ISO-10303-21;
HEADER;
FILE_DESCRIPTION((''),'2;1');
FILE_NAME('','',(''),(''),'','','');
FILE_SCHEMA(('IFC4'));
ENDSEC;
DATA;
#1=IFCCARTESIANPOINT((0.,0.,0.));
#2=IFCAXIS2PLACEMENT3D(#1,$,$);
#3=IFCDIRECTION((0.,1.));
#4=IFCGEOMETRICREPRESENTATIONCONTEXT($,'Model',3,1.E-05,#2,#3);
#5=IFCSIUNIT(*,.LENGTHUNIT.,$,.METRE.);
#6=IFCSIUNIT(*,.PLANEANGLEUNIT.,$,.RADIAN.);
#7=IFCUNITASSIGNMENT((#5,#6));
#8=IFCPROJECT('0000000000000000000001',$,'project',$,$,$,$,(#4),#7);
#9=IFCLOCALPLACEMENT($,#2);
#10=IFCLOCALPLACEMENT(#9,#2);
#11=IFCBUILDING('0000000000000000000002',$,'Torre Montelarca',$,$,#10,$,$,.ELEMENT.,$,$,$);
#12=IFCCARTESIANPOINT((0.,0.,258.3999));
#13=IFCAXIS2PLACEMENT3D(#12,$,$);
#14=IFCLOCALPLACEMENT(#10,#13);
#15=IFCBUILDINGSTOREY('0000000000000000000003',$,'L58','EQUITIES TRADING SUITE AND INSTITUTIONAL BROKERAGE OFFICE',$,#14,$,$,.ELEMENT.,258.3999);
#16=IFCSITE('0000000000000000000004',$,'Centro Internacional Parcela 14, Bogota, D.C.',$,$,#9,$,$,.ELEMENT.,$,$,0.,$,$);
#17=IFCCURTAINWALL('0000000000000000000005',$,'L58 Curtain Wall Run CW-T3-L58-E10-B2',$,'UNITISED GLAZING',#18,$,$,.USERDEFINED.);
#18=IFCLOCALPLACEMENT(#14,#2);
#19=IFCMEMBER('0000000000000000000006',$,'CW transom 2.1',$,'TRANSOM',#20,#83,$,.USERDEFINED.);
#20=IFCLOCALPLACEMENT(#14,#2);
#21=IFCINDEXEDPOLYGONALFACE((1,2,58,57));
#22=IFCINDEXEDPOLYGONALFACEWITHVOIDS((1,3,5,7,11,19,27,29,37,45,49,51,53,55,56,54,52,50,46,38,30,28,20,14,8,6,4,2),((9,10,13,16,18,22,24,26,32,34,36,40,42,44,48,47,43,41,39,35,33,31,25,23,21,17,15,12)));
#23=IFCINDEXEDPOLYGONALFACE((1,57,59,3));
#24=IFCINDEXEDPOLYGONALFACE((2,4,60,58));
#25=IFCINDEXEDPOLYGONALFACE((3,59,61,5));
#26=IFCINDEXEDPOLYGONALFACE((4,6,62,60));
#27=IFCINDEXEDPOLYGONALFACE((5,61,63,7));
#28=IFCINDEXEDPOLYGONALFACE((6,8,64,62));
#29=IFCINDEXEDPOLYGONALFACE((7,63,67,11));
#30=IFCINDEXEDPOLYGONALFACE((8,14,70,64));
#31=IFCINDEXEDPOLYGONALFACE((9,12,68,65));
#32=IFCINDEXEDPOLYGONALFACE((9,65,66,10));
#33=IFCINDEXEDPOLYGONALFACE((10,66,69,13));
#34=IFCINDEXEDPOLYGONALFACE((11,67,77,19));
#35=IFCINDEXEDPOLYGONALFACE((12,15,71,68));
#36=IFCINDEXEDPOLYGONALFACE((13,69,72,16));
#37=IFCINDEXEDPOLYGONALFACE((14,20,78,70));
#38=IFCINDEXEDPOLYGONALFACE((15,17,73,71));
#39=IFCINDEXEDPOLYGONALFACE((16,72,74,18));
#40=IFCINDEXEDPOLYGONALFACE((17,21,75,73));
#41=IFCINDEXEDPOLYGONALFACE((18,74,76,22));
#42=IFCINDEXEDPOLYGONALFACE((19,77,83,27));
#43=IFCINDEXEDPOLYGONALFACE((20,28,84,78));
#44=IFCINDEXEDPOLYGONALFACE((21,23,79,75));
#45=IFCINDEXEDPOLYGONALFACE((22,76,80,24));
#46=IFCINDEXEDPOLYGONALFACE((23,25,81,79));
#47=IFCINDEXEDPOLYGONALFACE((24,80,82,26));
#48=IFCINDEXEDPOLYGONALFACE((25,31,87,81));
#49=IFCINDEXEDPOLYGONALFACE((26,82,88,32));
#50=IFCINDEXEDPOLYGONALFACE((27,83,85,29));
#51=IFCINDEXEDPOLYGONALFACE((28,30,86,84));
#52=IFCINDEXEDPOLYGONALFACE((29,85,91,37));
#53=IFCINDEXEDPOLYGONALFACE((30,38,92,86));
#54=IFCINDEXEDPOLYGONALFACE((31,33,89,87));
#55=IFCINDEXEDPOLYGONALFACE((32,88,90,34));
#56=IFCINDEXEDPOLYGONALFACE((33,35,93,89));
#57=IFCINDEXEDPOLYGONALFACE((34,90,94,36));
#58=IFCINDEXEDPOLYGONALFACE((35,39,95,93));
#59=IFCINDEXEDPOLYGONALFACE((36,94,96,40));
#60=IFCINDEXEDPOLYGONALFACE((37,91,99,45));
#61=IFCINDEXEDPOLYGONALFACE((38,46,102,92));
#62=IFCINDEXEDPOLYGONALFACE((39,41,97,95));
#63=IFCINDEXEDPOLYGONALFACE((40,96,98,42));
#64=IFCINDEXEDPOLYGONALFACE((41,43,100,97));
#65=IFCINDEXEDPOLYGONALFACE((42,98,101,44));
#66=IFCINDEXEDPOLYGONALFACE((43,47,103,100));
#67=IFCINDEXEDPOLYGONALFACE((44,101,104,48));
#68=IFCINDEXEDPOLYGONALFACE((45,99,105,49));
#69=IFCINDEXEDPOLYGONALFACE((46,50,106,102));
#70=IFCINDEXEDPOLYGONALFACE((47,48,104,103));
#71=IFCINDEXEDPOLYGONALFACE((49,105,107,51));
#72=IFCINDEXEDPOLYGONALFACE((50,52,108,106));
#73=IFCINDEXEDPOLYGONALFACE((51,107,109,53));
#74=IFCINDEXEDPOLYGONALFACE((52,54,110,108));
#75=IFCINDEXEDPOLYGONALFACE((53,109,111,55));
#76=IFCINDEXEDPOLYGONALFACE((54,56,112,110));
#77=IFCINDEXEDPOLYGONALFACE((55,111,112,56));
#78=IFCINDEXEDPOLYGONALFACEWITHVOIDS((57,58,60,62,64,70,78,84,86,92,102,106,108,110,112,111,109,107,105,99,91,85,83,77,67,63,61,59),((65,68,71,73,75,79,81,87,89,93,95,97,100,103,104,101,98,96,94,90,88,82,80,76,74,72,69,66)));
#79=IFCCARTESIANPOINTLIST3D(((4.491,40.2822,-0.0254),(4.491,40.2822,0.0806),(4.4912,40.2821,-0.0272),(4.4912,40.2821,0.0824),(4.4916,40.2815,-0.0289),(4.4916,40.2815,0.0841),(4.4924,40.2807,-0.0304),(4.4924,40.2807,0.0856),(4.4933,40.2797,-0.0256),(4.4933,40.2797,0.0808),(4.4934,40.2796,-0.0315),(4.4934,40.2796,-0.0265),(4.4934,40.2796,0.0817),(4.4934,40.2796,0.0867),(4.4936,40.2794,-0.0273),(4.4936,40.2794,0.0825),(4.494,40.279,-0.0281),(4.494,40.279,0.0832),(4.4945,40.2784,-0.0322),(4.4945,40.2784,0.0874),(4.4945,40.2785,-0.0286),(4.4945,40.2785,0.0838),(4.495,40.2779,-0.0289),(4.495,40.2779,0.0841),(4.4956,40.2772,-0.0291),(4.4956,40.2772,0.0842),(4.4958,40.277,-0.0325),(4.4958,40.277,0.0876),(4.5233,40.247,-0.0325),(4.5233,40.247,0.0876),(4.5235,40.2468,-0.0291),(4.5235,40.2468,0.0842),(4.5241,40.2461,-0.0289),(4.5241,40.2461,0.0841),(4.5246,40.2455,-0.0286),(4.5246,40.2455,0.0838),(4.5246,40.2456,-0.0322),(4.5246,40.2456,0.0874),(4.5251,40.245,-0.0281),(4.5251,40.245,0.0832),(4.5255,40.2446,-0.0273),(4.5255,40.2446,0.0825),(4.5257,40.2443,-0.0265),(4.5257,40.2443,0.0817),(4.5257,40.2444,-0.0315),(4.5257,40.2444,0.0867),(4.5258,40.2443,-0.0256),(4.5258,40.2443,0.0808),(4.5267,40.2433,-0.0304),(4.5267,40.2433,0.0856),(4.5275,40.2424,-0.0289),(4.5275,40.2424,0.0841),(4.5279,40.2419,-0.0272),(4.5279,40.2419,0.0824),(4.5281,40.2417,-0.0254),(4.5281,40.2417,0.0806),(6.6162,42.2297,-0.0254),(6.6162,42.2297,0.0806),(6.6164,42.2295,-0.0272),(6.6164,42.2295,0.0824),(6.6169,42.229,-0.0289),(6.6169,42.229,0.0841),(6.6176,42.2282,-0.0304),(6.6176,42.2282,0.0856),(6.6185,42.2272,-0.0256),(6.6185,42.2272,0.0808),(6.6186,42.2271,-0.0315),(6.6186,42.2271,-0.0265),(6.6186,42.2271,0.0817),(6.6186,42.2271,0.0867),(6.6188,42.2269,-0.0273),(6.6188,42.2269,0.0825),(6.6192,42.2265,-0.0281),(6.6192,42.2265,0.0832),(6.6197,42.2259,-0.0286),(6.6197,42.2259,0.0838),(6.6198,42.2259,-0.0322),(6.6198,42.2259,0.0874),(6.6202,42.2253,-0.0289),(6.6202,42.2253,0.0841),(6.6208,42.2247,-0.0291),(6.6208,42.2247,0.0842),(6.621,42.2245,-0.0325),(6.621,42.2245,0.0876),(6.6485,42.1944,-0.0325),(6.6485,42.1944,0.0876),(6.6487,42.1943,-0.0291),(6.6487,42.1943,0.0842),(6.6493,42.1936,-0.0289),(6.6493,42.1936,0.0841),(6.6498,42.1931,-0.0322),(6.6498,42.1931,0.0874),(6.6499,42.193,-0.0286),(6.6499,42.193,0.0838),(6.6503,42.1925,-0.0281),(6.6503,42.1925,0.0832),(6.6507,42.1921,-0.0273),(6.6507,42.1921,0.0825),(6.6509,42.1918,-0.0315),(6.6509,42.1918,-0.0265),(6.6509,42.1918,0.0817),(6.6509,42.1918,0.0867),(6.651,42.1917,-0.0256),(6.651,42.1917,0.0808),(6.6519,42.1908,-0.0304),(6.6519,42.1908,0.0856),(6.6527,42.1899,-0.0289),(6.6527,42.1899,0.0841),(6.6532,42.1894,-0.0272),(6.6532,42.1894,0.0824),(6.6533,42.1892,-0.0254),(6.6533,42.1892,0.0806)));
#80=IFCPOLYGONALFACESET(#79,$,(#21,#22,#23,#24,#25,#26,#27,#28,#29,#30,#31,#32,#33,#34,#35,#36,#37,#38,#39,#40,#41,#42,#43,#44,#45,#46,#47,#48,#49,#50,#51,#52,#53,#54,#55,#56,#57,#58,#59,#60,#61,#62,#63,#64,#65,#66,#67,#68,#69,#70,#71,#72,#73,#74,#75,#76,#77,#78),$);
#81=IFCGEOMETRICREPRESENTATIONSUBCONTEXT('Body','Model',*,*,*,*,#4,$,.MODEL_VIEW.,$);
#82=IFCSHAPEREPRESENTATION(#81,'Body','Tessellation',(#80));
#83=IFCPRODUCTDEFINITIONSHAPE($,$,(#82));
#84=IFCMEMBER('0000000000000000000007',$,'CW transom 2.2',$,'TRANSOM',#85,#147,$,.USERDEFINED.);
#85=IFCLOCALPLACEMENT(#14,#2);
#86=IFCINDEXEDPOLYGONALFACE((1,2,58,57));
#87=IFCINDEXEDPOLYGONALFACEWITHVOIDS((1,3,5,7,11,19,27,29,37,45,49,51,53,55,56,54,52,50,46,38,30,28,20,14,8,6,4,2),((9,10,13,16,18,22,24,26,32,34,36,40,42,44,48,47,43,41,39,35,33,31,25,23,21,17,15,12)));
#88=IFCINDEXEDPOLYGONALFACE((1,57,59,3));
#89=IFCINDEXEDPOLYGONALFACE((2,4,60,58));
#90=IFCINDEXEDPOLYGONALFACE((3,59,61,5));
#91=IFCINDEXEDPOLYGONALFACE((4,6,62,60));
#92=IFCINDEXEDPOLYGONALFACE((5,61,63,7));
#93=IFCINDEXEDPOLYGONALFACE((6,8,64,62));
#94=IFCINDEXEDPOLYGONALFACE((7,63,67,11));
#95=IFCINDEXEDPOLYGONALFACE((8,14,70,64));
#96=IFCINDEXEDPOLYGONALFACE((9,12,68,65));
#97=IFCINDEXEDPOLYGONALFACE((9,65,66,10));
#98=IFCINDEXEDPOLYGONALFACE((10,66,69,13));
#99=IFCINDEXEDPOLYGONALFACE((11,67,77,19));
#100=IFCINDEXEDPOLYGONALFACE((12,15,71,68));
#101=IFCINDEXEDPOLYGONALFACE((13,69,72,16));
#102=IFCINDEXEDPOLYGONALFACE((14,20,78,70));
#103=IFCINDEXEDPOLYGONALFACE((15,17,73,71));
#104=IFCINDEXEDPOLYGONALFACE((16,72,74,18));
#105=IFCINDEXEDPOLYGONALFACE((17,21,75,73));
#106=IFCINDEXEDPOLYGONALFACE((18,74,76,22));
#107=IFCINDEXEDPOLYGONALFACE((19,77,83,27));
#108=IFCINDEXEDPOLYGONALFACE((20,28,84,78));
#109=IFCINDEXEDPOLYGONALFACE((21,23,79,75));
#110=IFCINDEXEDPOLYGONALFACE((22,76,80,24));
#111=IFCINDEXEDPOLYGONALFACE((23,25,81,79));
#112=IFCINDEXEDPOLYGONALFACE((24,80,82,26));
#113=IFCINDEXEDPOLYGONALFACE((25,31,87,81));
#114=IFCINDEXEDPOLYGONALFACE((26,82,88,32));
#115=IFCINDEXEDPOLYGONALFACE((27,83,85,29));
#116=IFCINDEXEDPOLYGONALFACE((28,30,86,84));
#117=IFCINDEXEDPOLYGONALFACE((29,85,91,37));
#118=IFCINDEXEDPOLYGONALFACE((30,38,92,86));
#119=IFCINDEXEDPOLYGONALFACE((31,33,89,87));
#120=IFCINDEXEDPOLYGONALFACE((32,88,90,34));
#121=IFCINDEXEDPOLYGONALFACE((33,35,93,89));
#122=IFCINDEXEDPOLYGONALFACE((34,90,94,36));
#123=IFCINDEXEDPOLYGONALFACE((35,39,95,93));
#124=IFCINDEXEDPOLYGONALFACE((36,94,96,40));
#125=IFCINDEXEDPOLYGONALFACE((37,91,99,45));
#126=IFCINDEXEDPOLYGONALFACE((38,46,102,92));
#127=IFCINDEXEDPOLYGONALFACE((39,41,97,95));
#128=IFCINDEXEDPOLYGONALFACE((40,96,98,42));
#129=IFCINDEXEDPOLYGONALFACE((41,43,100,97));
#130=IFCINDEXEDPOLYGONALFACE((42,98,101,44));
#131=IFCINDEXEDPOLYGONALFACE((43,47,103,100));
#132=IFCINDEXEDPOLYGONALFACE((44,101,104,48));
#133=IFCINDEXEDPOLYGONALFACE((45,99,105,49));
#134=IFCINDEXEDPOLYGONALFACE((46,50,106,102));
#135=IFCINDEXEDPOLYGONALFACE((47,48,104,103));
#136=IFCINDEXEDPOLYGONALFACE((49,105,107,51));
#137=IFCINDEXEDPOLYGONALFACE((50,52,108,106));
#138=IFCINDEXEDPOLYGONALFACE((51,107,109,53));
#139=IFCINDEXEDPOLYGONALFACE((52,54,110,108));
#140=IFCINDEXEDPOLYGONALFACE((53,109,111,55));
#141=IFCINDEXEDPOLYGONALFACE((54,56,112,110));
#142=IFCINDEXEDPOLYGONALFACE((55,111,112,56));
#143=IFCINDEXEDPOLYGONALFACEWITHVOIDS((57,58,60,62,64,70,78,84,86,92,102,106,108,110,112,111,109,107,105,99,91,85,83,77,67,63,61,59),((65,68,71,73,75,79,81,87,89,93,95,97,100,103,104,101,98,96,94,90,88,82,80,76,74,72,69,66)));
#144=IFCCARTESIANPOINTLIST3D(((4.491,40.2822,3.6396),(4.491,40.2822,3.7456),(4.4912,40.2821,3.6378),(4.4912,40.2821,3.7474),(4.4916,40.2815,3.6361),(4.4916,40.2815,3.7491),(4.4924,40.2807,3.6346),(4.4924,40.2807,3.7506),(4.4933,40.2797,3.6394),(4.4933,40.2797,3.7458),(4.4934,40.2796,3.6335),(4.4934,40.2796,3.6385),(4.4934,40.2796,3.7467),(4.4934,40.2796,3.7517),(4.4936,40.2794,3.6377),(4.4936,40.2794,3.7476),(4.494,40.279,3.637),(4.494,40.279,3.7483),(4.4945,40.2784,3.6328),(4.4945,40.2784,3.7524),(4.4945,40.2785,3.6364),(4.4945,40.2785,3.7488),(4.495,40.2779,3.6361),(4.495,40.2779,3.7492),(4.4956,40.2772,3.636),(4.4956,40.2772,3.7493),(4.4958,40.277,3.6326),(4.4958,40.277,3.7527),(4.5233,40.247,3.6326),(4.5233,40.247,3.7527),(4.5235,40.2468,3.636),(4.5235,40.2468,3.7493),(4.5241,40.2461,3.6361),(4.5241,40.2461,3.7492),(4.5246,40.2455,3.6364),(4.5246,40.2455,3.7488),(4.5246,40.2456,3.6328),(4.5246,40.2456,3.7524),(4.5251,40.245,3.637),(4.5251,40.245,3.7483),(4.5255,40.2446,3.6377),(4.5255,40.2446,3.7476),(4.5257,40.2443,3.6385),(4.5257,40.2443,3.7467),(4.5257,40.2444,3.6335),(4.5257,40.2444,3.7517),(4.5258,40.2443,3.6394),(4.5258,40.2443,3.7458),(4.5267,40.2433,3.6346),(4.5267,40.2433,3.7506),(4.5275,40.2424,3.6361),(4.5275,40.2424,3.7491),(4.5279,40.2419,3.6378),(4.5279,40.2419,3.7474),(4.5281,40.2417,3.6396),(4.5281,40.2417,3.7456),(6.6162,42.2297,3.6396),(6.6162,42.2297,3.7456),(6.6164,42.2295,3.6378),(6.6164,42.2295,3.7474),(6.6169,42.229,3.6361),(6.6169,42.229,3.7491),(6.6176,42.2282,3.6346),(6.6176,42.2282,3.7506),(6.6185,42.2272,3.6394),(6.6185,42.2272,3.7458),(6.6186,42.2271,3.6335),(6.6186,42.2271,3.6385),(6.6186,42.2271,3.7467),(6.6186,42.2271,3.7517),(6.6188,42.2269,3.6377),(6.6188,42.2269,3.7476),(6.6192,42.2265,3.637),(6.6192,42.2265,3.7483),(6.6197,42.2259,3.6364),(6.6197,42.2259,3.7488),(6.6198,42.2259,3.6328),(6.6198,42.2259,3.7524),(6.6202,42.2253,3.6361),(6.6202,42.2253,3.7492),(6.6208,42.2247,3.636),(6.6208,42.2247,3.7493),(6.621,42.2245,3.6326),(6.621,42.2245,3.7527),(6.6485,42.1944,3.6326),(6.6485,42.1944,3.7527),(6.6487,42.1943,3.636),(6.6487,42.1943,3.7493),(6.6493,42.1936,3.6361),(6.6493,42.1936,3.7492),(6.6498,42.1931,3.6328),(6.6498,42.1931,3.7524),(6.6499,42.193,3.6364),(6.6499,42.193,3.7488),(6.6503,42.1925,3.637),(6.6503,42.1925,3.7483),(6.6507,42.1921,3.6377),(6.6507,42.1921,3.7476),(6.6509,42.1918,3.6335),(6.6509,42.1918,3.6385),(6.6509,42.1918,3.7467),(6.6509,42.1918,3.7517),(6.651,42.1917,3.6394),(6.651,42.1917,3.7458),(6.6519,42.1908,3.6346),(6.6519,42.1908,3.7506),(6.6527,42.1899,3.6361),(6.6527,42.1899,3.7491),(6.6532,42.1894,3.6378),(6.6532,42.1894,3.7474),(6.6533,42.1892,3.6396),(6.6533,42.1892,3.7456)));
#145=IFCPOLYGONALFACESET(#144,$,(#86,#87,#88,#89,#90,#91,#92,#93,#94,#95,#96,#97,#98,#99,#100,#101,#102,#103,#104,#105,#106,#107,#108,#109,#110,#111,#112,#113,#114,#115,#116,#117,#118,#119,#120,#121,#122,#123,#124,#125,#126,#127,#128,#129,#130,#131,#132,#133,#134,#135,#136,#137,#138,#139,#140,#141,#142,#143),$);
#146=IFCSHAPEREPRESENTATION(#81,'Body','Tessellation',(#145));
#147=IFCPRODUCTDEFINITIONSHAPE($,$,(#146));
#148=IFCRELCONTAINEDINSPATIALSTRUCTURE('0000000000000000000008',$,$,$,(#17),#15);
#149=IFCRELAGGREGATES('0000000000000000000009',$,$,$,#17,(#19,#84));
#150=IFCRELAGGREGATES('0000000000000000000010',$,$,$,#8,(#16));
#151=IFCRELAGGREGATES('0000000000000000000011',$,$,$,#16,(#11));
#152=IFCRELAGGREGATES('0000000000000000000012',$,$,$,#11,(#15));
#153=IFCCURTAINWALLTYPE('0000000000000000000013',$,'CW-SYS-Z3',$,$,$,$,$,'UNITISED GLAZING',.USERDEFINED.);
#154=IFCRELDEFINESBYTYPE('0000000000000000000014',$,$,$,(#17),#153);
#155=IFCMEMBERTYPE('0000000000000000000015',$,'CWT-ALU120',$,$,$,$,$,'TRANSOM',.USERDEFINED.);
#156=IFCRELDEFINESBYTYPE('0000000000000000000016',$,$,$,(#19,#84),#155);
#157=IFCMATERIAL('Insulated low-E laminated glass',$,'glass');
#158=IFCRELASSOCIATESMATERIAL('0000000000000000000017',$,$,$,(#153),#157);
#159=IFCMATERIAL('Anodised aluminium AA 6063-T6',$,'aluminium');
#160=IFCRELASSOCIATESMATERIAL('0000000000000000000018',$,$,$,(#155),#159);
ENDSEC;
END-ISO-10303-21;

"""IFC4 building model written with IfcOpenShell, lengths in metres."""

from ifc_helpers import new_model, si_unit, direction, frame, origin, origin_2d, place, context, subcontext, project, spatial, hollow_rectangle, extrude, source, transform, mapped, material, material_profile, profile_set, type_object, element, aggregate, save


model = new_model("IFC4")

# Units and contexts
model_context = context("Model", 3, precision=1e-05, world=origin(), true_north=direction((0.0, 1.0)))
body_context = subcontext(model_context, "Body", "Model", "MODEL_VIEW")
ifc_project = project(units=[si_unit("LENGTHUNIT", "METRE"), si_unit("PLANEANGLEUNIT", "RADIAN")], contexts=[model_context])

# Site, building, storey
site_placement = place(None, origin())
site = spatial("IfcSite", under=ifc_project, at=site_placement, Name="Centro Internacional Parcela 14, Bogota, D.C.", CompositionType="ELEMENT", RefElevation=0.0)
building_placement = place(site_placement, origin())
building = spatial("IfcBuilding", under=site, at=building_placement, Name="Torre Montelarca", CompositionType="ELEMENT")
storey_placement = place(building_placement, frame((0.0, 0.0, 258.3999)))
storey = spatial("IfcBuildingStorey", under=building, at=storey_placement, Name="L58", Description="EQUITIES TRADING SUITE AND INSTITUTIONAL BROKERAGE OFFICE", CompositionType="ELEMENT", Elevation=258.3999)

# Shared definitions
ifc_material_1 = material(Name="Insulated low-E laminated glass", Category="glass")
curtain_wall_type = type_object("IfcCurtainWallType", Name="CW-SYS-Z3", ElementType="UNITISED GLAZING", PredefinedType="USERDEFINED", material=ifc_material_1)
ifc_material_2 = material(Name="Anodised aluminium AA 6063-T6", Category="aluminium")

# Curtain wall
curtain_wall_1_placement = place(storey_placement, origin())
curtain_wall_1 = element("IfcCurtainWall", 1, at=curtain_wall_1_placement, inside=storey, type_object=curtain_wall_type, Name="L58 Curtain Wall Run CW-T3-L58-E10-B2", ObjectType="UNITISED GLAZING", PredefinedType="USERDEFINED")

# Members
ifc_material_profile_1 = material_profile(ifc_material_2, hollow_rectangle(XDim=0.0549, YDim=0.1201, WallThickness=0.0034, InnerFilletRadius=0.0034, OuterFilletRadius=0.0071, at=origin_2d()), Name="ALU55X120X3.5", Category="aluminium")
ifc_profile_set_1 = profile_set([ifc_material_profile_1], Name="Anodised aluminium AA 6063-T6")
member_type_1 = type_object("IfcMemberType", Name="CWT-ALU120", ElementType="TRANSOM", PredefinedType="USERDEFINED", material=ifc_profile_set_1)
shared_shape_1 = source(origin(), body_context, "Body", "SweptSolid", [
    extrude(hollow_rectangle(XDim=0.0549, YDim=0.1201, WallThickness=0.0034, InnerFilletRadius=0.0034, OuterFilletRadius=0.0071, at=origin_2d()), origin(), (0.0, 0.0, 1.0), 2.8826),
])
member_1_placement = place(storey_placement, frame((6.6348, 42.2095, 0.0276), z_axis=(-0.737263, -0.675606, 0.0), x_axis=(0.675606, -0.737263, 0.0)))
member_1 = element("IfcMember", 2, at=member_1_placement, type_object=member_type_1, Name="CW transom 2.1", ObjectType="TRANSOM", PredefinedType="USERDEFINED", context=body_context, shape_type="MappedRepresentation", body=[
    mapped(shared_shape_1, transform((0.0, 0.0, 0.0), scale=1.0)),
])
member_2_placement = place(storey_placement, frame((6.6348, 42.2095, 3.6926), z_axis=(-0.737263, -0.675606, 0.0), x_axis=(0.675606, -0.737263, 0.0)))
member_2 = element("IfcMember", 3, at=member_2_placement, type_object=member_type_1, Name="CW transom 2.2", ObjectType="TRANSOM", PredefinedType="USERDEFINED", context=body_context, shape_type="MappedRepresentation", body=[
    mapped(shared_shape_1, transform((0.0, 0.0, 0.0), scale=1.0)),
])

aggregate(curtain_wall_1, [member_1, member_2])

save(model, "model.ifc")
